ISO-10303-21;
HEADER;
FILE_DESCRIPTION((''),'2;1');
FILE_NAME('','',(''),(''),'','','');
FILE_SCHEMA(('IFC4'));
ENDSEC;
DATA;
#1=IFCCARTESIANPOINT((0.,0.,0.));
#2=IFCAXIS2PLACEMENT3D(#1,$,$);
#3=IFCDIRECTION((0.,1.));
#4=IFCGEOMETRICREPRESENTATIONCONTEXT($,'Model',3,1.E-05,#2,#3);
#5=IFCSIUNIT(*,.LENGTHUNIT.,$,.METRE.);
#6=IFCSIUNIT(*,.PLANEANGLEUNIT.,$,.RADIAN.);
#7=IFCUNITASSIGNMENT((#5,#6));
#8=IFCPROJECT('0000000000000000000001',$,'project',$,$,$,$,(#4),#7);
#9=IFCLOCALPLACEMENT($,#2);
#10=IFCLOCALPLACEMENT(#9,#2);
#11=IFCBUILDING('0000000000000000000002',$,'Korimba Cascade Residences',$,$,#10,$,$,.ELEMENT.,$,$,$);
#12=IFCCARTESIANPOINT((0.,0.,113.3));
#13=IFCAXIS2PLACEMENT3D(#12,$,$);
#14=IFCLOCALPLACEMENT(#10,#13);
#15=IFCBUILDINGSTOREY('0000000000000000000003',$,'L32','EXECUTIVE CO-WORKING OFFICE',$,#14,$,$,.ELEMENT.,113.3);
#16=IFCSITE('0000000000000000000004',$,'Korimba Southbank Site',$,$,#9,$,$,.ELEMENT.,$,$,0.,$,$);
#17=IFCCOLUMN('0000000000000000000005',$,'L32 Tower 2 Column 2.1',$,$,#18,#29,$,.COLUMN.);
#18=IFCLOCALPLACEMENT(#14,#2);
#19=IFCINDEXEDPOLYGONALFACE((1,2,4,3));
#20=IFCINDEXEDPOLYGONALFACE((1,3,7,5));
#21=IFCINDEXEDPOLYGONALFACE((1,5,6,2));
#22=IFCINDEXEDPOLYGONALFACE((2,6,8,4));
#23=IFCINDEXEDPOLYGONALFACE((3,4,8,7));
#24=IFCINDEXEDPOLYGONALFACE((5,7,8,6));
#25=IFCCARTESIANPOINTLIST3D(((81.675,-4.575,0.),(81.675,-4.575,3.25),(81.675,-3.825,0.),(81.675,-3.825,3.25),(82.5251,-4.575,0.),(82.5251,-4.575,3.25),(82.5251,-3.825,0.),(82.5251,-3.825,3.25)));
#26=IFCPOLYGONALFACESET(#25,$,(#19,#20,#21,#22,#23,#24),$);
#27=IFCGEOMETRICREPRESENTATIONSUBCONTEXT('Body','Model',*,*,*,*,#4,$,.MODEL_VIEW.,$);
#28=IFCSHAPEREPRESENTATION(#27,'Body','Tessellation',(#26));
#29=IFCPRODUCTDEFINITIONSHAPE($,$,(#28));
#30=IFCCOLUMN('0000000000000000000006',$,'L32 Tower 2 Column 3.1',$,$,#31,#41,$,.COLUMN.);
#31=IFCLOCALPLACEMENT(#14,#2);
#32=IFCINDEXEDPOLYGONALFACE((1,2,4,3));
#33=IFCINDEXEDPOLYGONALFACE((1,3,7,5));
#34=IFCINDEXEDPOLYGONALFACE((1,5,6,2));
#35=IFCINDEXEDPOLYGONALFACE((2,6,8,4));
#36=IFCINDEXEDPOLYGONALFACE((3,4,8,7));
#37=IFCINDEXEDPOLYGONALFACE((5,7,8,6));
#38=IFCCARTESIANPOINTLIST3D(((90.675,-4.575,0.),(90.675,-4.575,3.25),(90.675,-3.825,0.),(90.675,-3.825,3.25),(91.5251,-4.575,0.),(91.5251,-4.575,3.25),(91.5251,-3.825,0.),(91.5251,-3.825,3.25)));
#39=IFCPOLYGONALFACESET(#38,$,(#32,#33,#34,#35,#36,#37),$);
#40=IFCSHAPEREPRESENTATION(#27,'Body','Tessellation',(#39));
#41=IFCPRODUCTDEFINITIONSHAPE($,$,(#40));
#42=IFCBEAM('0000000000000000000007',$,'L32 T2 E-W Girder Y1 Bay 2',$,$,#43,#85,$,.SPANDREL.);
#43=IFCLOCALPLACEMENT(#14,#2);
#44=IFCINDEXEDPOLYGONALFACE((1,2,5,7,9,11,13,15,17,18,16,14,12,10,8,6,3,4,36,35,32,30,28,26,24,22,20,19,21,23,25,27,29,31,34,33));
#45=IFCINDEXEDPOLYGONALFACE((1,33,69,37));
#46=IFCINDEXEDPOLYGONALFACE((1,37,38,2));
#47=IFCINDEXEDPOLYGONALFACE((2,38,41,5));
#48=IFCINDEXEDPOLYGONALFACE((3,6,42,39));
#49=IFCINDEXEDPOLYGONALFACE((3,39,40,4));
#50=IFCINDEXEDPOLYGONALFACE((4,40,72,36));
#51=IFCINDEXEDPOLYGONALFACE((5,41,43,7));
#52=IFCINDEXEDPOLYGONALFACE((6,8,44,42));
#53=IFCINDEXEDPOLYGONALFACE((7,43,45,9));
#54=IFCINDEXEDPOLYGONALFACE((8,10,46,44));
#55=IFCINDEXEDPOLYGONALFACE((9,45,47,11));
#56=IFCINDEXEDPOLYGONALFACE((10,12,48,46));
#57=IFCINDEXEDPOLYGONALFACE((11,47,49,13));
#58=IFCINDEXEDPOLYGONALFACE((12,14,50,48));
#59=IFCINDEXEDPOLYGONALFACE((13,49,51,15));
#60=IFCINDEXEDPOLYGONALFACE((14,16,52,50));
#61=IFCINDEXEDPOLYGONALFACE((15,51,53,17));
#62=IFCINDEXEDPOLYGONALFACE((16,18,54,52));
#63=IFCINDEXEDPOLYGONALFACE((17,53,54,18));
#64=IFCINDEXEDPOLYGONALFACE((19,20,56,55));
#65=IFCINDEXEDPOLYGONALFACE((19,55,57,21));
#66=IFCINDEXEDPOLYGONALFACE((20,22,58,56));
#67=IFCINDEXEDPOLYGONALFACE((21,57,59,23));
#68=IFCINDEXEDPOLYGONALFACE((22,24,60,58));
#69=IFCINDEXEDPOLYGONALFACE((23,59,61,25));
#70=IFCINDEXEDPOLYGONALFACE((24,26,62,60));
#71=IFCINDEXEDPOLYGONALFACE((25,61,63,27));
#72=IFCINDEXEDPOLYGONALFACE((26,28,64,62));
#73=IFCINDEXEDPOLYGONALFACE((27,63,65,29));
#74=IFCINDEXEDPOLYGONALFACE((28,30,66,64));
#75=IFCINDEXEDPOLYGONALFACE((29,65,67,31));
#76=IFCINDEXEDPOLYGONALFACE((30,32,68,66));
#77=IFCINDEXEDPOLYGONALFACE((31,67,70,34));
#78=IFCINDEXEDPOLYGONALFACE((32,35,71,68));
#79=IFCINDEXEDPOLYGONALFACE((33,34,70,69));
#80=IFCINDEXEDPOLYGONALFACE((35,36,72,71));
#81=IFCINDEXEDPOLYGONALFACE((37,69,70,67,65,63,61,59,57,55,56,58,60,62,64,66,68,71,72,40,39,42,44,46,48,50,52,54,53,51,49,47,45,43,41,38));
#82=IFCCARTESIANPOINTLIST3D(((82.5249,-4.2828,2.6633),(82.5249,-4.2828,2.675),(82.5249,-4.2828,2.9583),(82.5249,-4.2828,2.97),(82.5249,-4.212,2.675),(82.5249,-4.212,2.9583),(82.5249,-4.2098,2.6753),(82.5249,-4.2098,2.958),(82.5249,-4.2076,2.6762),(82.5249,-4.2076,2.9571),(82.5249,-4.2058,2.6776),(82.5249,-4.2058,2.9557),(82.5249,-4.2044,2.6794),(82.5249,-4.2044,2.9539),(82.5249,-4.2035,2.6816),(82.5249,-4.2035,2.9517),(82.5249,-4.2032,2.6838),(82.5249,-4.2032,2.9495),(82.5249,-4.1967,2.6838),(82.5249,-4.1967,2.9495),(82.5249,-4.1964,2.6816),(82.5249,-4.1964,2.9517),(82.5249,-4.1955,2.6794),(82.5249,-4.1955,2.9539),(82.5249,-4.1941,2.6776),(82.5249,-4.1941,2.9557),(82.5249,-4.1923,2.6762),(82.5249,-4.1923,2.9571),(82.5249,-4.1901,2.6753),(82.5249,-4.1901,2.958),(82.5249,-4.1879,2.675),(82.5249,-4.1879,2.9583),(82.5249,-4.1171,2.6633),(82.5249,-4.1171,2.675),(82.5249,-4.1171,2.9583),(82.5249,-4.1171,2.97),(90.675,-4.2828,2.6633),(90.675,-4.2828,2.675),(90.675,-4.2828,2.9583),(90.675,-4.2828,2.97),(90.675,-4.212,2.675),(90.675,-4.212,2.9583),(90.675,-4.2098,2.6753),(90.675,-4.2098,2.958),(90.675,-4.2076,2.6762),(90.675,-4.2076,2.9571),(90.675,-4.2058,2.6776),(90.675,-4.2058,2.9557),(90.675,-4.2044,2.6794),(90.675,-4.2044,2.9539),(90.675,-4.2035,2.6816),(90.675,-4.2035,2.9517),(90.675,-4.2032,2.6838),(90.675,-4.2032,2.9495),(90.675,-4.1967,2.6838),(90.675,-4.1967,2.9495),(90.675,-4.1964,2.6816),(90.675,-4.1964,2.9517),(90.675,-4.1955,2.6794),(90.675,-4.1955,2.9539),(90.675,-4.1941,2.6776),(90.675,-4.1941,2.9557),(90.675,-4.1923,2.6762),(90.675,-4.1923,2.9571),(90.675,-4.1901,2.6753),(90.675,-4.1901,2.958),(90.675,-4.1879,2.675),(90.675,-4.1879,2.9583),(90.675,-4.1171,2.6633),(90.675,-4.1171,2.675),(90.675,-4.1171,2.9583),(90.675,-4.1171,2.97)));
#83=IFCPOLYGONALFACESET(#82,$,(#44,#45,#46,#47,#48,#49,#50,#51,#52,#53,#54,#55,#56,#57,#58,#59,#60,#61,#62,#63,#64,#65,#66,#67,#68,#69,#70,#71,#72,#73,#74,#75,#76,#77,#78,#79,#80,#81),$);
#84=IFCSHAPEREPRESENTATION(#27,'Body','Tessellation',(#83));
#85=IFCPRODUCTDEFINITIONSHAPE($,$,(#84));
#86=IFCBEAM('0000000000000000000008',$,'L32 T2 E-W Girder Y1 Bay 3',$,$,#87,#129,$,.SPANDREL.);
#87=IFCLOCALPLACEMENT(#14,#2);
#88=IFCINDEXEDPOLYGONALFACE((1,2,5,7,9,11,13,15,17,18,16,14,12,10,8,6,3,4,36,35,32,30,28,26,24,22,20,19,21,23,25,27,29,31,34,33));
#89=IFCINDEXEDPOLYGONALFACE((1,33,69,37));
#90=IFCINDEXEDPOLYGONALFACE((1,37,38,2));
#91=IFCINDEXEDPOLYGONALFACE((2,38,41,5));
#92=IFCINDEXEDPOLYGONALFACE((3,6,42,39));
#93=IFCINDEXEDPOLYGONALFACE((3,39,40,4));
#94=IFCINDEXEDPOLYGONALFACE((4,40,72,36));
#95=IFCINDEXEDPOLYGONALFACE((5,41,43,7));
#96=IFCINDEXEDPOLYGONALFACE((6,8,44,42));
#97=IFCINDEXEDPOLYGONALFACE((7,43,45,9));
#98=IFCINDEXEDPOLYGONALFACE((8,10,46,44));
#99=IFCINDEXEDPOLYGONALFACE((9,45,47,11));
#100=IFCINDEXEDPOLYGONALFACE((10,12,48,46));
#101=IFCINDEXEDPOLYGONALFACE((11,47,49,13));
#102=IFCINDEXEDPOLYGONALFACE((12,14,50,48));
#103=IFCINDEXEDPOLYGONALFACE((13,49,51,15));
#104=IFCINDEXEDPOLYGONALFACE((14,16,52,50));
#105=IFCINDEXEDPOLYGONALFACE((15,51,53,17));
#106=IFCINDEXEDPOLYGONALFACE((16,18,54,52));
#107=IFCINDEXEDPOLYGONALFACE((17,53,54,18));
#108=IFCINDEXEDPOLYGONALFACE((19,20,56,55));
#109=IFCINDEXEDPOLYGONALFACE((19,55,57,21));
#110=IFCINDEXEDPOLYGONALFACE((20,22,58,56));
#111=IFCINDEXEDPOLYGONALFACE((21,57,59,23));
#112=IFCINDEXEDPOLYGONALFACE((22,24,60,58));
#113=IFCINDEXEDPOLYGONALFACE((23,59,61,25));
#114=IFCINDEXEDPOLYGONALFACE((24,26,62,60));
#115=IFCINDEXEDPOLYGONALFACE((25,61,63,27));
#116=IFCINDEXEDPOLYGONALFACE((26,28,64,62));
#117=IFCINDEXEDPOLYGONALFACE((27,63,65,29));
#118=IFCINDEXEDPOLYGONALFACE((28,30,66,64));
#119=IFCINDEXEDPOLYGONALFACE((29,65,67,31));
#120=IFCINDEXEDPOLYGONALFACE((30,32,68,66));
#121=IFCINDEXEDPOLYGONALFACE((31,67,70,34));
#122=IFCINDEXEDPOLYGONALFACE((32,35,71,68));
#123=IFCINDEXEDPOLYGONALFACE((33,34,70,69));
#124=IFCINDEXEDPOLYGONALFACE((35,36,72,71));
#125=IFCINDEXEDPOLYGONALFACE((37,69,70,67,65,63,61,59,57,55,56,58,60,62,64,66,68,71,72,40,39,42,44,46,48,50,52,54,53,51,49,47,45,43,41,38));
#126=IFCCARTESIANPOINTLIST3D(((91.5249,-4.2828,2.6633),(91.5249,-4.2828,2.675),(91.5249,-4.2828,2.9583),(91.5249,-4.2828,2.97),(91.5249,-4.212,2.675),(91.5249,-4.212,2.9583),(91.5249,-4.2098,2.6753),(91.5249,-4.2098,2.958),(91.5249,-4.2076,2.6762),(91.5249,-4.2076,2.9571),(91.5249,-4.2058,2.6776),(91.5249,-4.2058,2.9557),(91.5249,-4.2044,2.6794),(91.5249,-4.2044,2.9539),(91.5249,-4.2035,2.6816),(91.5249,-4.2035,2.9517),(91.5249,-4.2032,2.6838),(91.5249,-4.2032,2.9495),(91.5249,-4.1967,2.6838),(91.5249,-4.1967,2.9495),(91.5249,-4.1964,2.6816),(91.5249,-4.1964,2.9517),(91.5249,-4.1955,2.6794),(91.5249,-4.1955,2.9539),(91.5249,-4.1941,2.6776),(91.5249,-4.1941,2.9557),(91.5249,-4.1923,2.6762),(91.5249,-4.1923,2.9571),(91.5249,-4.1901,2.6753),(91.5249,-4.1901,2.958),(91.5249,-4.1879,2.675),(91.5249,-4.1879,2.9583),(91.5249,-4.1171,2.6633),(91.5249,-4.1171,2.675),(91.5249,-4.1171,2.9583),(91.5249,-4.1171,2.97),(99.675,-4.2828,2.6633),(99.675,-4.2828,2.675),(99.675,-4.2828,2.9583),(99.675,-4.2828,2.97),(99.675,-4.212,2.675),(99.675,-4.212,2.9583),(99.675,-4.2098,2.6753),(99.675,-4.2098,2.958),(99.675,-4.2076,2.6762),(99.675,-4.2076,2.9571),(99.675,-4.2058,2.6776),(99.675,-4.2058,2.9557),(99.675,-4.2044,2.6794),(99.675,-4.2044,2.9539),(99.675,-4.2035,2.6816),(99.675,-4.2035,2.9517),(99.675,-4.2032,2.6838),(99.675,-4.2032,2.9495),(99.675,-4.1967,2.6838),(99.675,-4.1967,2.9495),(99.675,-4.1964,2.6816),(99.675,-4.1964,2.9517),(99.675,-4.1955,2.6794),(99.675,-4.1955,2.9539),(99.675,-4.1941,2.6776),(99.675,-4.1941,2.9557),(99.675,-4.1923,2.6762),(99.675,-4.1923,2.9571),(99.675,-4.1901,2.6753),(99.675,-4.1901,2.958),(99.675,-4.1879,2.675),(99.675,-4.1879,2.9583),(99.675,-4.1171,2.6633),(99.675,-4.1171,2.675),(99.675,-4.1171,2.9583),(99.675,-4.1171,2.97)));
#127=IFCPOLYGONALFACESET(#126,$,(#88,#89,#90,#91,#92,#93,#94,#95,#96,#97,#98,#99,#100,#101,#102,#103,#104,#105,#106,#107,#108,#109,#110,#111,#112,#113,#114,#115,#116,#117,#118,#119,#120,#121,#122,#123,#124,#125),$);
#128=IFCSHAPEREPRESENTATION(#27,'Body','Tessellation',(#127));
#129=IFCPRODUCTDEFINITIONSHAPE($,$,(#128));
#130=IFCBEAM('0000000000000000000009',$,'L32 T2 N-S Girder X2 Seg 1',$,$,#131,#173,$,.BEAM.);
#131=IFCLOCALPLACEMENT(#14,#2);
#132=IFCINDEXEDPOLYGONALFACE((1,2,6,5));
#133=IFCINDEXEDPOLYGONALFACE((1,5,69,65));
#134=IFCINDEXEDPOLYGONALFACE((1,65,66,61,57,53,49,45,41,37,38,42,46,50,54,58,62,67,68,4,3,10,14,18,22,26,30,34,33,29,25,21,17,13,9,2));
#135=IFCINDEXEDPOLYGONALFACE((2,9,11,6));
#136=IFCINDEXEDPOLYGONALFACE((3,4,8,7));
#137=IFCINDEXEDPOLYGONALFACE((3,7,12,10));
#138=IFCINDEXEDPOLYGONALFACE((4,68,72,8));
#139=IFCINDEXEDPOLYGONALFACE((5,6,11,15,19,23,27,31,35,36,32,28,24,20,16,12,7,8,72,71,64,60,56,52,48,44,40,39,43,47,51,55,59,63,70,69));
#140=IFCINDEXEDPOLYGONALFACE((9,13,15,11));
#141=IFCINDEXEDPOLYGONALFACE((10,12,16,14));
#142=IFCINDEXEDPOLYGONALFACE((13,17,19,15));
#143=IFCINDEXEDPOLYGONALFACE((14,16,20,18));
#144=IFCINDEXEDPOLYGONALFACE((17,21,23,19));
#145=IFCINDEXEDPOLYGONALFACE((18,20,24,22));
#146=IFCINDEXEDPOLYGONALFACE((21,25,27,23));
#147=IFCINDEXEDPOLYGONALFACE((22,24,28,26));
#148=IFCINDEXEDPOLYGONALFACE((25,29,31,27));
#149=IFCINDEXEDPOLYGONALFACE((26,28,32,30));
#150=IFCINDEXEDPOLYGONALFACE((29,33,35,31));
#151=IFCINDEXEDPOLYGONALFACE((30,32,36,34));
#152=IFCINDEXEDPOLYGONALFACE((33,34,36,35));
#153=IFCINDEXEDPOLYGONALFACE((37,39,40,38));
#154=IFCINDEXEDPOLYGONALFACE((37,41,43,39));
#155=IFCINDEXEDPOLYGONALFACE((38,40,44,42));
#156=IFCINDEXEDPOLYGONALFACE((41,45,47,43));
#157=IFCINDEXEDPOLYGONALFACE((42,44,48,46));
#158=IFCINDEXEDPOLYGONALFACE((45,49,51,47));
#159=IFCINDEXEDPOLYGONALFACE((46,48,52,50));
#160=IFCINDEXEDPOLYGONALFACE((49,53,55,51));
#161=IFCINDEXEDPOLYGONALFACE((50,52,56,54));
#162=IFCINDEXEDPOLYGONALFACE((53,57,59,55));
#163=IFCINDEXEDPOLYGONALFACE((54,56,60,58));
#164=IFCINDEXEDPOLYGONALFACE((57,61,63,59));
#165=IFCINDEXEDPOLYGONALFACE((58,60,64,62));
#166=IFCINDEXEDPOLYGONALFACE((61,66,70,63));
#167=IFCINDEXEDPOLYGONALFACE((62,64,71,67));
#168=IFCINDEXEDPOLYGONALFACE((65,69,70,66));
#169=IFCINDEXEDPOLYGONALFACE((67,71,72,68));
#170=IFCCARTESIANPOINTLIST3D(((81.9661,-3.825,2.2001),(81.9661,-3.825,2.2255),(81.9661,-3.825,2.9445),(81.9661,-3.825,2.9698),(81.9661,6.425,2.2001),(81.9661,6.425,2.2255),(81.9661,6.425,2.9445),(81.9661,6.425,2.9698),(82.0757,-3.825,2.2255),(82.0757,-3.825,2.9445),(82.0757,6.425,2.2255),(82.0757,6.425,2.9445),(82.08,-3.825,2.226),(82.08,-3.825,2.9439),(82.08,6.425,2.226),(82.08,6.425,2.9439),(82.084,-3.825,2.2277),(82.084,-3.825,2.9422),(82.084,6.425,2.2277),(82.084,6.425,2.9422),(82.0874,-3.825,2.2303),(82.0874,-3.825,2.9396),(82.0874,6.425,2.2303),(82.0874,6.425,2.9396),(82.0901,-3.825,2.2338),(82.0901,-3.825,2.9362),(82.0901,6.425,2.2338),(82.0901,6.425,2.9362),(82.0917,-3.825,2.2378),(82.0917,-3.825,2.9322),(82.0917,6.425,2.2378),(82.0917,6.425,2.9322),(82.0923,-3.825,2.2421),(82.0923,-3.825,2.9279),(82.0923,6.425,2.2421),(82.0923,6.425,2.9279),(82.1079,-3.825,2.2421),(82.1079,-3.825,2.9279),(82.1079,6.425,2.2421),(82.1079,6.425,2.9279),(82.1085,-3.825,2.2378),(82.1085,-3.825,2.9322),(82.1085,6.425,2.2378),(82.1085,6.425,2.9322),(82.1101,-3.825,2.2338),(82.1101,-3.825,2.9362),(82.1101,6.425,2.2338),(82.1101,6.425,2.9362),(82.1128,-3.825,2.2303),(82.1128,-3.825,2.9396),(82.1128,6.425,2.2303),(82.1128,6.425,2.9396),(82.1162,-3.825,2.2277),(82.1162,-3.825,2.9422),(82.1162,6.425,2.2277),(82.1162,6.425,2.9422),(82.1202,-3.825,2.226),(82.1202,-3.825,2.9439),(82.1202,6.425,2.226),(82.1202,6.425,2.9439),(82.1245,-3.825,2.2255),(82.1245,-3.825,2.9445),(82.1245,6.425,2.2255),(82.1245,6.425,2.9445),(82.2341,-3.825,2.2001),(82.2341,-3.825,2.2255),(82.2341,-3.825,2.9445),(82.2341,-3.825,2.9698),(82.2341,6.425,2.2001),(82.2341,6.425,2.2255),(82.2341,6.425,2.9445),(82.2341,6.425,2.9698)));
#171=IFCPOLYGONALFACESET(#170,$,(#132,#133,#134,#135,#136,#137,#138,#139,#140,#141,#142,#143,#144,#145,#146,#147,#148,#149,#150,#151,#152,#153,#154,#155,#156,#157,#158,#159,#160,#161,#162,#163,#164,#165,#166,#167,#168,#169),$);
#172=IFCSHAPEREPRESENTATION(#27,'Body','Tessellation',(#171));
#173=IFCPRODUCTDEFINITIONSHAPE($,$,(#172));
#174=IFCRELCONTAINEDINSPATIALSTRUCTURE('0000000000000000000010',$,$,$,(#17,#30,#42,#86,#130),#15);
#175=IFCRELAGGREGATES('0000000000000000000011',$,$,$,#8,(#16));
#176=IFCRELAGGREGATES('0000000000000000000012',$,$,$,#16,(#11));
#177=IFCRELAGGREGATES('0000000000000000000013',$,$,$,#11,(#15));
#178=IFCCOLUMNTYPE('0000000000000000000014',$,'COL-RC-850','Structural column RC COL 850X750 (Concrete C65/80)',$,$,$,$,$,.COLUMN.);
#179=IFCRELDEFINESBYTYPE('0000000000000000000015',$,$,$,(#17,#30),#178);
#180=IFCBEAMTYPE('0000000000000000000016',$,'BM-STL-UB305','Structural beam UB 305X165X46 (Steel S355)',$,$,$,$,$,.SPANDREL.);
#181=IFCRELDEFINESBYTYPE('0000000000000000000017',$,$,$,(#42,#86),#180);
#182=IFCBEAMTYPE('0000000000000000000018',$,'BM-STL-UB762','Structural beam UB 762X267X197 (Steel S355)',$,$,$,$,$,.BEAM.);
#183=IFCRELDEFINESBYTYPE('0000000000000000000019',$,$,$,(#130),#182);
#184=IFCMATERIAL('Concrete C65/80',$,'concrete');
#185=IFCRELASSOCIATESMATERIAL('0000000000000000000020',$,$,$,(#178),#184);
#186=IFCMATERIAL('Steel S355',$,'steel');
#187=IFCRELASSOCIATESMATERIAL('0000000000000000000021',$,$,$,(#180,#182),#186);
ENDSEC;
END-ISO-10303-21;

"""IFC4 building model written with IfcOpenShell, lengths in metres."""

from ifc_helpers import new_model, si_unit, direction, frame, origin, origin_2d, place, context, subcontext, project, spatial, rectangle, i_section, extrude, material, material_profile, profile_set, type_object, element, save


model = new_model("IFC4")

# Units and contexts
model_context = context("Model", 3, precision=1e-05, world=origin(), true_north=direction((0.0, 1.0)))
body_context = subcontext(model_context, "Body", "Model", "MODEL_VIEW")
ifc_project = project(units=[si_unit("LENGTHUNIT", "METRE"), si_unit("PLANEANGLEUNIT", "RADIAN")], contexts=[model_context])

# Site, building, storey
site_placement = place(None, origin())
site = spatial("IfcSite", under=ifc_project, at=site_placement, Name="Korimba Southbank Site", CompositionType="ELEMENT", RefElevation=0.0)
building_placement = place(site_placement, origin())
building = spatial("IfcBuilding", under=site, at=building_placement, Name="Korimba Cascade Residences", CompositionType="ELEMENT")
storey_placement = place(building_placement, frame((0.0, 0.0, 113.3)))
storey = spatial("IfcBuildingStorey", under=building, at=storey_placement, Name="L32", Description="EXECUTIVE CO-WORKING OFFICE", CompositionType="ELEMENT", Elevation=113.3)

# Columns
ifc_material_1 = material(Name="Concrete C65/80", Category="concrete")
ifc_material_profile_1 = material_profile(ifc_material_1, rectangle(XDim=0.8501, YDim=0.75, at=origin_2d()), Name="Concrete C65/80")
ifc_profile_set_1 = profile_set([ifc_material_profile_1], Name="Concrete C65/80")
column_type = type_object("IfcColumnType", Name="COL-RC-850", Description="Structural column RC COL 850X750 (Concrete C65/80)", PredefinedType="COLUMN", material=ifc_profile_set_1)
for number, where, z_axis, x_axis, name in (
    (1, (82.1001, -4.2, 0.0), (0.0, 0.0, 1.0), (1.0, 0.0, 0.0), "L32 Tower 2 Column 2.1"),
    (2, (91.1001, -4.2, 0.0), (0.0, 0.0, 1.0), (1.0, 0.0, 0.0), "L32 Tower 2 Column 3.1"),
):
    element("IfcColumn", number, at=place(storey_placement, frame(where, z_axis=z_axis, x_axis=x_axis)), inside=storey, type_object=column_type, Name=name, PredefinedType="COLUMN", context=body_context, shape_type="SweptSolid", body=[
        extrude(rectangle(XDim=0.8501, YDim=0.75, at=origin_2d()), origin(), (0.0, 0.0, 1.0), 3.25),
    ])

# Beams
ifc_material_2 = material(Name="Steel S355", Category="steel")
ifc_material_profile_2 = material_profile(ifc_material_2, i_section(OverallWidth=0.1658, OverallDepth=0.3066, WebThickness=0.0066, FlangeThickness=0.0117, FilletRadius=0.0088, at=origin_2d()), Name="Steel S355")
ifc_profile_set_2 = profile_set([ifc_material_profile_2], Name="Steel S355")
beam_type_1 = type_object("IfcBeamType", Name="BM-STL-UB305", Description="Structural beam UB 305X165X46 (Steel S355)", PredefinedType="SPANDREL", material=ifc_profile_set_2)
for number, where, z_axis, x_axis, name in (
    (3, (82.5249, -4.2, 2.8167), (1.0, 0.0, 0.0), (0.0, 1.0, 0.0), "L32 T2 E-W Girder Y1 Bay 2"),
    (4, (91.5249, -4.2, 2.8167), (1.0, 0.0, 0.0), (0.0, 1.0, 0.0), "L32 T2 E-W Girder Y1 Bay 3"),
):
    element("IfcBeam", number, at=place(storey_placement, frame(where, z_axis=z_axis, x_axis=x_axis)), inside=storey, type_object=beam_type_1, Name=name, PredefinedType="SPANDREL", context=body_context, shape_type="SweptSolid", body=[
        extrude(i_section(OverallWidth=0.1658, OverallDepth=0.3066, WebThickness=0.0066, FlangeThickness=0.0117, FilletRadius=0.0088, at=origin_2d()), origin(), (0.0, 0.0, 1.0), 8.1501),
    ])
ifc_material_profile_3 = material_profile(ifc_material_2, i_section(OverallWidth=0.2681, OverallDepth=0.7698, WebThickness=0.0156, FlangeThickness=0.0254, FilletRadius=0.0166, at=origin_2d()), Name="Steel S355")
ifc_profile_set_3 = profile_set([ifc_material_profile_3], Name="Steel S355")
beam_type_2 = type_object("IfcBeamType", Name="BM-STL-UB762", Description="Structural beam UB 762X267X197 (Steel S355)", PredefinedType="BEAM", material=ifc_profile_set_3)
for number, where, z_axis, x_axis, name in (
    (5, (82.1001, -3.825, 2.585), (0.0, 1.0, 0.0), (-1.0, 0.0, 0.0), "L32 T2 N-S Girder X2 Seg 1"),
):
    element("IfcBeam", number, at=place(storey_placement, frame(where, z_axis=z_axis, x_axis=x_axis)), inside=storey, type_object=beam_type_2, Name=name, PredefinedType="BEAM", context=body_context, shape_type="SweptSolid", body=[
        extrude(i_section(OverallWidth=0.2681, OverallDepth=0.7698, WebThickness=0.0156, FlangeThickness=0.0254, FilletRadius=0.0166, at=origin_2d()), origin(), (0.0, 0.0, 1.0), 10.25),
    ])

save(model, "model.ifc")
